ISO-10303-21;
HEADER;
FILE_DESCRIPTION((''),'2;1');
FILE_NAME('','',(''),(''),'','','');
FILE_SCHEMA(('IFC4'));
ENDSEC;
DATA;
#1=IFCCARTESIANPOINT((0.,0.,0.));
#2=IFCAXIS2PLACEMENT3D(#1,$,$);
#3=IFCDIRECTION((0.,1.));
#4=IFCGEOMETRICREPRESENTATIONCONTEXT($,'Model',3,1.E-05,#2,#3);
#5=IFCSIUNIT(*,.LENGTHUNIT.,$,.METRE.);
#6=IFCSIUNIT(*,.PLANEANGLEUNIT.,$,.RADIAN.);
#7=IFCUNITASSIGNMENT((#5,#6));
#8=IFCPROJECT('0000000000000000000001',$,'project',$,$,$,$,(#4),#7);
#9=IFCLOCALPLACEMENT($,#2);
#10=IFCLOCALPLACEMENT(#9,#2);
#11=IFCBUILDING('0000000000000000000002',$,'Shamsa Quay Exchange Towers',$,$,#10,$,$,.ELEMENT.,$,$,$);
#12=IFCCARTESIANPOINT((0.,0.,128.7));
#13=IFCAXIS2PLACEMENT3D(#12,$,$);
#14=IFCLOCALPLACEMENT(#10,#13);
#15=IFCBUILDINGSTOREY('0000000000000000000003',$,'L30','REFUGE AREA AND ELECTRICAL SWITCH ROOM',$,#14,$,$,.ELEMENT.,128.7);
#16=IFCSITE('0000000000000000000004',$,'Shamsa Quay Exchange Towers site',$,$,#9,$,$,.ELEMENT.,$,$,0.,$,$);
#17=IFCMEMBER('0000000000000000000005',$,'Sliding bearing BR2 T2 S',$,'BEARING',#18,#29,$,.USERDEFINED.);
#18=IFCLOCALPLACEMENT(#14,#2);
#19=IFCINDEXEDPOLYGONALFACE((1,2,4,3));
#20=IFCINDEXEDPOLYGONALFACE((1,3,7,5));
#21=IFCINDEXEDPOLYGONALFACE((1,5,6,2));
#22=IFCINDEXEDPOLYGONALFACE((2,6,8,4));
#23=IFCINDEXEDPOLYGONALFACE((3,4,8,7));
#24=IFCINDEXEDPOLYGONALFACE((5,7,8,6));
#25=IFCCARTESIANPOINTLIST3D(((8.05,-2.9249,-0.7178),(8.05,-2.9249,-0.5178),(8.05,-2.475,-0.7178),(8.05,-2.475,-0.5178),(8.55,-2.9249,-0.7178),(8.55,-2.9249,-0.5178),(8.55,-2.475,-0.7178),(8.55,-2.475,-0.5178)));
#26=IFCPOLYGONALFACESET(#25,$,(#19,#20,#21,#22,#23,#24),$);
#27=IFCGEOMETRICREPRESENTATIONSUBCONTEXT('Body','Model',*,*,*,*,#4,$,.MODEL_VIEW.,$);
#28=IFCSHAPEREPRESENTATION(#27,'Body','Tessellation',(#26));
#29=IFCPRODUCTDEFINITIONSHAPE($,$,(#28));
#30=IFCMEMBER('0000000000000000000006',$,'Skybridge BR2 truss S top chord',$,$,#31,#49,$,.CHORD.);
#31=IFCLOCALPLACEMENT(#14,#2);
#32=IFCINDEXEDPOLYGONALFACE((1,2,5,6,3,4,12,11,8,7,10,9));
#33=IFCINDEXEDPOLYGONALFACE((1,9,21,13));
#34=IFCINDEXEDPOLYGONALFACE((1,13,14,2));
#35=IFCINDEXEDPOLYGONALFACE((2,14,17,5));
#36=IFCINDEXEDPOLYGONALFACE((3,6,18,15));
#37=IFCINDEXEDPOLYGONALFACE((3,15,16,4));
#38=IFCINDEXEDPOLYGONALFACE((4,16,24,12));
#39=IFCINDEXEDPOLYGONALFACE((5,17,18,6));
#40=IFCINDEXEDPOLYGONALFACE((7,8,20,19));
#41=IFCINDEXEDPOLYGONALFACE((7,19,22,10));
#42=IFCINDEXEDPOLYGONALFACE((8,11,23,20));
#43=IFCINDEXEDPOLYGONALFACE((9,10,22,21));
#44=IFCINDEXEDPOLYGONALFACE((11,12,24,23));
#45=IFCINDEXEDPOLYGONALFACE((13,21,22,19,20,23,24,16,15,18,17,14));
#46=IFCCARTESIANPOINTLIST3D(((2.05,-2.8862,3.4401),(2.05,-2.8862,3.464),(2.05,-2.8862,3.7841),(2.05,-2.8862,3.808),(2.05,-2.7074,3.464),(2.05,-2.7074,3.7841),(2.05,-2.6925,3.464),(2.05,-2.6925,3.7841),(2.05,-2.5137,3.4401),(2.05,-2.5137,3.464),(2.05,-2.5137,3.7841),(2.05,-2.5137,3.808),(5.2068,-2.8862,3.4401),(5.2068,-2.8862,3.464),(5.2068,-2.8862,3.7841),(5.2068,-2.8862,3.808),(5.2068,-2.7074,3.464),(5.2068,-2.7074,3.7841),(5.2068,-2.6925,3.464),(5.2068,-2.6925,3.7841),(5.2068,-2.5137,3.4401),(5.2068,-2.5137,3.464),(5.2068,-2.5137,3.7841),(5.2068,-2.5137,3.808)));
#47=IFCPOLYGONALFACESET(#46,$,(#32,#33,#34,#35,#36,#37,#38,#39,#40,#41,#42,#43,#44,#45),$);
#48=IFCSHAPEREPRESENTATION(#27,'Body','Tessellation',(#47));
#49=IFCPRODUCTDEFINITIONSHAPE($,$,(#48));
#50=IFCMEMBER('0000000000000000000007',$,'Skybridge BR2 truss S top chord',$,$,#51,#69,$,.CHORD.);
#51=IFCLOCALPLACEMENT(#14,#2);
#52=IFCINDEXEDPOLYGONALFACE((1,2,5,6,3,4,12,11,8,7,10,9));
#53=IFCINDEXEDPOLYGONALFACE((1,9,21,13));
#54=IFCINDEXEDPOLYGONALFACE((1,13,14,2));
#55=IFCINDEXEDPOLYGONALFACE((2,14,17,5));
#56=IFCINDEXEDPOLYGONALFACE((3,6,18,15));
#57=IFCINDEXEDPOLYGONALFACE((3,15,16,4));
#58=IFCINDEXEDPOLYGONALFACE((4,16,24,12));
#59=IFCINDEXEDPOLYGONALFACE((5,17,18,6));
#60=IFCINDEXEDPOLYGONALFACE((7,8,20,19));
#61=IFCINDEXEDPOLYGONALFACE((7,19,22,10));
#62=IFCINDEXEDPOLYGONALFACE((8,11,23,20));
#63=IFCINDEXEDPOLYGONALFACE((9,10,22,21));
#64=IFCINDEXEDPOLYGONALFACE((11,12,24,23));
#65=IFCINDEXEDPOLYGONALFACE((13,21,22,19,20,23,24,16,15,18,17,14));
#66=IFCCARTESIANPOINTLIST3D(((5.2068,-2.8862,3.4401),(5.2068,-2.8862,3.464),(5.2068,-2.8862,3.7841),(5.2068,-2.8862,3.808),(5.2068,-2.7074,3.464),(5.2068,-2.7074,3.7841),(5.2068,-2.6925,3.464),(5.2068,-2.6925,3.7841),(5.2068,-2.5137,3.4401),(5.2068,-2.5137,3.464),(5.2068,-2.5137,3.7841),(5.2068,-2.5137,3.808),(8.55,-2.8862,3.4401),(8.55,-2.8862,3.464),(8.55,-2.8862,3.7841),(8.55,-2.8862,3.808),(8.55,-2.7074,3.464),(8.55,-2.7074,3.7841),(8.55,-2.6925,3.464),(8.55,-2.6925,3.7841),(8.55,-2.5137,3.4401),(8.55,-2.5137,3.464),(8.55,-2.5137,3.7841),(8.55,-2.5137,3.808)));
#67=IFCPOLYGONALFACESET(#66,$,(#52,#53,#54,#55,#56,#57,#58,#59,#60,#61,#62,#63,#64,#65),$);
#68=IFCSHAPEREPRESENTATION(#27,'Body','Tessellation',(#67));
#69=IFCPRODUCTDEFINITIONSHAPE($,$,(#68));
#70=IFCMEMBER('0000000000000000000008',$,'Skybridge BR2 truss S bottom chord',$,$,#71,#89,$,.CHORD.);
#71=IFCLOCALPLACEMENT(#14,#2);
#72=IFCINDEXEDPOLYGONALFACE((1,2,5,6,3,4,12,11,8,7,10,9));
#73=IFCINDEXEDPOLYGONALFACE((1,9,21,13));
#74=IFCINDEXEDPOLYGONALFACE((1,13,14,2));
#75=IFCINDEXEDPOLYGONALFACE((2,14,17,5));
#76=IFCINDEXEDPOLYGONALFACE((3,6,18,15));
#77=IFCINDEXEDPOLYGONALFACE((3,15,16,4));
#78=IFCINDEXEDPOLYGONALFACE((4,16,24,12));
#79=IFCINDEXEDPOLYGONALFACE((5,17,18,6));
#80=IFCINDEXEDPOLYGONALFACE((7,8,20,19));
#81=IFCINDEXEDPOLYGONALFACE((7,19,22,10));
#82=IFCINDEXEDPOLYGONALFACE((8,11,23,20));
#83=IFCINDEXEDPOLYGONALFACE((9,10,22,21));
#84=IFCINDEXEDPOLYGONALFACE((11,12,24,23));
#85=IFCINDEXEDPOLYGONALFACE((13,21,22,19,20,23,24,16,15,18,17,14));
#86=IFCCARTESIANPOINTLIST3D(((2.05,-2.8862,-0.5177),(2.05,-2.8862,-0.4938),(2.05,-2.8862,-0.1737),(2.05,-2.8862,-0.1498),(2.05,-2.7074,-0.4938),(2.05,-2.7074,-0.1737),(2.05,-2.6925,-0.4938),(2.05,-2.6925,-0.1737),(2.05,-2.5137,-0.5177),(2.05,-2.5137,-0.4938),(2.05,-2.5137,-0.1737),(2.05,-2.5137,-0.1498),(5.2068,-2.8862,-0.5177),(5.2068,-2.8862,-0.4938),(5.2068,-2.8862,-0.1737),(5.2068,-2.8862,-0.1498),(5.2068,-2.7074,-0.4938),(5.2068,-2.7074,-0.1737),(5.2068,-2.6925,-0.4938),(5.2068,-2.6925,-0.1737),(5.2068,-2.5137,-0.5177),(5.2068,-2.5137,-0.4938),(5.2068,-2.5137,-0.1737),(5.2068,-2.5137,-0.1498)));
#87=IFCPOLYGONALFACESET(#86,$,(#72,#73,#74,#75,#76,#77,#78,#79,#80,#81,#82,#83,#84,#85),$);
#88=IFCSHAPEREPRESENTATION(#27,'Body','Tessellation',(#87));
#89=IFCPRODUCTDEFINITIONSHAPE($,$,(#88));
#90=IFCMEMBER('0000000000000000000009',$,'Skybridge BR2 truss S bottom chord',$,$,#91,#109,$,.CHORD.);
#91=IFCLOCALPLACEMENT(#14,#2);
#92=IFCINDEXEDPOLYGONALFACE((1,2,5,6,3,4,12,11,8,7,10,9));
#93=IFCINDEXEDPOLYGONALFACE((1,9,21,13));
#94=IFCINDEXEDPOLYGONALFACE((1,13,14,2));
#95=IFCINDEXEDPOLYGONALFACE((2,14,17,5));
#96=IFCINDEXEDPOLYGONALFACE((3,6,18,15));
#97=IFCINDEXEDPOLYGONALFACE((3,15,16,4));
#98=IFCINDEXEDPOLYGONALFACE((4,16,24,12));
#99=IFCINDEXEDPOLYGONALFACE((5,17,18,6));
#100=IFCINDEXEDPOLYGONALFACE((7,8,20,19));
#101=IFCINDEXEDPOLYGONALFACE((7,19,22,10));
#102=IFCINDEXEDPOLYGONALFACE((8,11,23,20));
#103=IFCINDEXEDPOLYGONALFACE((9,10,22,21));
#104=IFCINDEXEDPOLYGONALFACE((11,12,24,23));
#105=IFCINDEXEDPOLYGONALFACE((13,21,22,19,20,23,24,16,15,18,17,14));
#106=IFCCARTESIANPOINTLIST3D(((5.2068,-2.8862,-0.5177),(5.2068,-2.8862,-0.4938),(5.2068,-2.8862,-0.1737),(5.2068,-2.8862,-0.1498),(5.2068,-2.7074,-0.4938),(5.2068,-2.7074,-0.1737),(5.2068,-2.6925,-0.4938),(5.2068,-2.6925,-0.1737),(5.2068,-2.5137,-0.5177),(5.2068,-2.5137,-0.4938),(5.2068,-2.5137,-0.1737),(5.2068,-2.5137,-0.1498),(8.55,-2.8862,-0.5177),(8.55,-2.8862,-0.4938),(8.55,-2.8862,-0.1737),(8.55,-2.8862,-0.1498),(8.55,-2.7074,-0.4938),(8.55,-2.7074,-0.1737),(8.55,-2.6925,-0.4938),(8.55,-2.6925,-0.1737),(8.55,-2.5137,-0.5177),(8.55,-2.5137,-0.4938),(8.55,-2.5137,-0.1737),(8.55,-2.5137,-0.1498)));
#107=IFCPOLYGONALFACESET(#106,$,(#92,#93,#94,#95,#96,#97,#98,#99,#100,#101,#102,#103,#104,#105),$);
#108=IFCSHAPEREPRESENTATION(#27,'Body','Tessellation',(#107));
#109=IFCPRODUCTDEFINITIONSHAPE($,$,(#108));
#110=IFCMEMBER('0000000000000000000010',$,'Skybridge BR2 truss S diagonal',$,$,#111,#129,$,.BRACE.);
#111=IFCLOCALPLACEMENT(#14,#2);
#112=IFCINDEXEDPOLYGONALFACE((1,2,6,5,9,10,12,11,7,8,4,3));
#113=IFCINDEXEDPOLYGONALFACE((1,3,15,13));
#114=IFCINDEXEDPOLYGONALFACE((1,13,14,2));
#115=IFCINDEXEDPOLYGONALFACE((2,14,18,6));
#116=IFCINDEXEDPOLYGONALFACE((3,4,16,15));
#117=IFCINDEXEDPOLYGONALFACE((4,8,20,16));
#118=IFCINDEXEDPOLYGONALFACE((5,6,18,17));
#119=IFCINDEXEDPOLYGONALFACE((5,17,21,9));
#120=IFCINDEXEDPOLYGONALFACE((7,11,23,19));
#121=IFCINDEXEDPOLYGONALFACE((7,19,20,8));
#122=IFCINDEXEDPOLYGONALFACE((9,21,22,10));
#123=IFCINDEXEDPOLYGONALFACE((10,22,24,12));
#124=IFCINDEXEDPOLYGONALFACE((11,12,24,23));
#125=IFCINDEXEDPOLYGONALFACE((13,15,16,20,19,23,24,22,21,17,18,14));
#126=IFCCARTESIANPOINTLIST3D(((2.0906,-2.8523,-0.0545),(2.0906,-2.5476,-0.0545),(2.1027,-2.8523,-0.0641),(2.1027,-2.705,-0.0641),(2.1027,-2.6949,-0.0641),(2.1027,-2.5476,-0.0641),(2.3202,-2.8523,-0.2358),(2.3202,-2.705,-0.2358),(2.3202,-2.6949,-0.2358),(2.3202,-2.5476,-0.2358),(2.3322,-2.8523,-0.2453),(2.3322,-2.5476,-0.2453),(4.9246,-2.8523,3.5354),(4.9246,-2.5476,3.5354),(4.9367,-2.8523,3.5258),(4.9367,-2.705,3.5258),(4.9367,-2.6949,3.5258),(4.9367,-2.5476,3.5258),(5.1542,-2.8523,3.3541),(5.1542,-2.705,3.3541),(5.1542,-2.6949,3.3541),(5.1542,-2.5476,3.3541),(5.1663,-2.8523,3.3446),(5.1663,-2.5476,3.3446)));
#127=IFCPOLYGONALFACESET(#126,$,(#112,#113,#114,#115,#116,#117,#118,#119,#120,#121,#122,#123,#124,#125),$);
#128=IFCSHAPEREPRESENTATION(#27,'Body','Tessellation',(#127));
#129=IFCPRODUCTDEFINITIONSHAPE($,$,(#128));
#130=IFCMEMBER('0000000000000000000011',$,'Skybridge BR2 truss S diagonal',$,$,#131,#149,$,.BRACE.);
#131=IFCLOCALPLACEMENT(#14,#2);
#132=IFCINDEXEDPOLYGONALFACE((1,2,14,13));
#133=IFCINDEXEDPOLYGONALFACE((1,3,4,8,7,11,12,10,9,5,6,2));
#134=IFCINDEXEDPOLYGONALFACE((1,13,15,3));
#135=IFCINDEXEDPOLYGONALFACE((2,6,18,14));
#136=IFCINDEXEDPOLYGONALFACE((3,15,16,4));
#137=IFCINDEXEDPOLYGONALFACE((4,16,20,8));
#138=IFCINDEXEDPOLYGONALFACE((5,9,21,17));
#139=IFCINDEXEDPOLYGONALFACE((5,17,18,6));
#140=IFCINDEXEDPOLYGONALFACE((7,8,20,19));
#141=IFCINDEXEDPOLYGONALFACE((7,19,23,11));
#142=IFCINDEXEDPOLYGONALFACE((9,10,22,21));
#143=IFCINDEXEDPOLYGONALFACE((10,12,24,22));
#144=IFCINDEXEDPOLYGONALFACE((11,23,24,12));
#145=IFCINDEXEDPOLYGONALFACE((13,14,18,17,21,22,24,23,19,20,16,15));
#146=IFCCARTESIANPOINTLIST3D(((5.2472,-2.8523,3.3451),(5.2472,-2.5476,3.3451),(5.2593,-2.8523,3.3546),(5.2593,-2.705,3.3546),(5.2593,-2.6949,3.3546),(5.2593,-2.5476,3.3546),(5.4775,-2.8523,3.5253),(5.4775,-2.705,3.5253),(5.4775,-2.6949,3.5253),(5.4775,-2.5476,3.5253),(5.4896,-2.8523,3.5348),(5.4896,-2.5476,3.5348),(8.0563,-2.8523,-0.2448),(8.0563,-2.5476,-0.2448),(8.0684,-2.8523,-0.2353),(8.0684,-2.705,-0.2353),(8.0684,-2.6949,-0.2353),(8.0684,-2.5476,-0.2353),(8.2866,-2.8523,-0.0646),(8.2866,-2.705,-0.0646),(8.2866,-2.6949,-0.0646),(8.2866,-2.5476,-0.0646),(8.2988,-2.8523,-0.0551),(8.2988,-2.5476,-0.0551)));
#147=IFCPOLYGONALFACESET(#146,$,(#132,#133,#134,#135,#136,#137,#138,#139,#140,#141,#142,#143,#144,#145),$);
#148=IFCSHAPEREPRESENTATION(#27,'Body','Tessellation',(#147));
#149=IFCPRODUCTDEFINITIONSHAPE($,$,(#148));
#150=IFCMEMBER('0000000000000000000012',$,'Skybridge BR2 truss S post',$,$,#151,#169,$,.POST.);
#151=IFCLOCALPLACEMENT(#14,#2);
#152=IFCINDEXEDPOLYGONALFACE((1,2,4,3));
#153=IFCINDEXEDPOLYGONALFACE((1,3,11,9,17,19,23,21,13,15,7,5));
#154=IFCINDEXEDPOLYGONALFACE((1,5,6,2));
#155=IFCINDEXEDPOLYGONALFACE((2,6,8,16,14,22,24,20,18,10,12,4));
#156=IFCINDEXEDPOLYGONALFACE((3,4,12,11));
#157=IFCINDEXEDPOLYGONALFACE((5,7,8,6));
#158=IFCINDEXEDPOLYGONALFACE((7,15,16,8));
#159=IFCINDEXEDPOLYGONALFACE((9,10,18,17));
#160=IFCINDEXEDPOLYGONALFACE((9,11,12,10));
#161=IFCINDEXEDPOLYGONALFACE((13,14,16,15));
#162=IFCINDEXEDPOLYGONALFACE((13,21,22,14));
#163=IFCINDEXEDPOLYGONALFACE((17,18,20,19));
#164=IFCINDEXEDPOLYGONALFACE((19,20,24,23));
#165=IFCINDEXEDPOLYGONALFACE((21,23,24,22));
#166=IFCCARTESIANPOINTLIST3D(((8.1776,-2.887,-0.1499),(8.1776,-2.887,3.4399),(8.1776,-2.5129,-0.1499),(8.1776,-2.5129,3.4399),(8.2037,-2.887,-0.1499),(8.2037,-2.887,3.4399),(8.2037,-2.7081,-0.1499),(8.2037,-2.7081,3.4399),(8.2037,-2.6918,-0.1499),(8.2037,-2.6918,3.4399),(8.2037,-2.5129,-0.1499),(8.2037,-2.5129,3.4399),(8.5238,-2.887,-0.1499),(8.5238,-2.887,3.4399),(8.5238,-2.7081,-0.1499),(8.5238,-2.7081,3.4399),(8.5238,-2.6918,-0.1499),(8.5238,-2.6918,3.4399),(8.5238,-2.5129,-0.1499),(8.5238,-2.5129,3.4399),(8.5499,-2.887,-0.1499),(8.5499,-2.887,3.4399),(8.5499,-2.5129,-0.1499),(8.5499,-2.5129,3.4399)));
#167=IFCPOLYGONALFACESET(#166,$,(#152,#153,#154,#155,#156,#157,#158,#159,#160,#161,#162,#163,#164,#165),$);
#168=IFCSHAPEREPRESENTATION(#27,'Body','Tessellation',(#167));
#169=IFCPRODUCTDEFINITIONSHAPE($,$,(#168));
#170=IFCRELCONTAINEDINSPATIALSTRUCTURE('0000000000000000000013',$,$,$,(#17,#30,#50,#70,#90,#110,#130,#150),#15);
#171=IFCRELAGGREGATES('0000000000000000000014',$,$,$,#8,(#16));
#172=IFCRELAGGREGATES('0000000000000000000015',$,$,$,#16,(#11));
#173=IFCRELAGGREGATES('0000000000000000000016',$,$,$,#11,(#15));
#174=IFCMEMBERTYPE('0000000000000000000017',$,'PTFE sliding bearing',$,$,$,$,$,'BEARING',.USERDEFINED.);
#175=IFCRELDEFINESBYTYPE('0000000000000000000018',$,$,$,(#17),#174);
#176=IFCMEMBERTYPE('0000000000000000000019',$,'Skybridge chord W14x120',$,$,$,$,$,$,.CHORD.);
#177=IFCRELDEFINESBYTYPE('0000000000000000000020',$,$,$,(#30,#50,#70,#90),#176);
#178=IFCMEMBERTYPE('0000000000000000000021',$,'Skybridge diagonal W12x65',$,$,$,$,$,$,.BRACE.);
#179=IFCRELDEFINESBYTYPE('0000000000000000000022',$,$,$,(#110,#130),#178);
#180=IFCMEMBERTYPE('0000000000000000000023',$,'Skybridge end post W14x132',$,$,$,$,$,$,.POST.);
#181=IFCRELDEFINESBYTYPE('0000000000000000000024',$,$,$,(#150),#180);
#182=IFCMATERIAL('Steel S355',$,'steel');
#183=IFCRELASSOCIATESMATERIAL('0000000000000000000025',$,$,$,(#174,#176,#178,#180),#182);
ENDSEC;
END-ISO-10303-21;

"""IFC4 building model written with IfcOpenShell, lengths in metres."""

from ifc_helpers import new_model, si_unit, direction, frame, origin, origin_2d, place, context, subcontext, project, spatial, rectangle, i_section, extrude, material, material_profile, profile_set, type_object, element, save


model = new_model("IFC4")

# Units and contexts
model_context = context("Model", 3, precision=1e-05, world=origin(), true_north=direction((0.0, 1.0)))
body_context = subcontext(model_context, "Body", "Model", "MODEL_VIEW")
ifc_project = project(units=[si_unit("LENGTHUNIT", "METRE"), si_unit("PLANEANGLEUNIT", "RADIAN")], contexts=[model_context])

# Site, building, storey
site_placement = place(None, origin())
site = spatial("IfcSite", under=ifc_project, at=site_placement, Name="Shamsa Quay Exchange Towers site", CompositionType="ELEMENT", RefElevation=0.0)
building_placement = place(site_placement, origin())
building = spatial("IfcBuilding", under=site, at=building_placement, Name="Shamsa Quay Exchange Towers", CompositionType="ELEMENT")
storey_placement = place(building_placement, frame((0.0, 0.0, 128.7)))
storey = spatial("IfcBuildingStorey", under=building, at=storey_placement, Name="L30", Description="REFUGE AREA AND ELECTRICAL SWITCH ROOM", CompositionType="ELEMENT", Elevation=128.7)

# Members
ifc_material_1 = material(Name="Steel S355", Category="steel")
ifc_material_profile_1 = material_profile(ifc_material_1, rectangle(XDim=0.5, YDim=0.2, at=origin_2d()), Name="500x200")
ifc_profile_set_1 = profile_set([ifc_material_profile_1], Name="Steel S355")
member_type_1 = type_object("IfcMemberType", Name="PTFE sliding bearing", ElementType="BEARING", PredefinedType="USERDEFINED", material=ifc_profile_set_1)
member_1_placement = place(storey_placement, frame((8.3, -2.7, -0.7178)))
element("IfcMember", 1, at=member_1_placement, inside=storey, type_object=member_type_1, Name="Sliding bearing BR2 T2 S", ObjectType="BEARING", PredefinedType="USERDEFINED", context=body_context, shape_type="SweptSolid", body=[
    extrude(rectangle(XDim=0.5, YDim=0.45, at=origin_2d()), origin(), (0.0, 0.0, 1.0), 0.2),
])
ifc_material_profile_2 = material_profile(ifc_material_1, i_section(OverallWidth=0.3726, OverallDepth=0.3679, WebThickness=0.0149, FlangeThickness=0.0239, at=origin_2d()), Name="W14x120")
ifc_profile_set_2 = profile_set([ifc_material_profile_2], Name="Steel S355")
member_type_2 = type_object("IfcMemberType", Name="Skybridge chord W14x120", PredefinedType="CHORD", material=ifc_profile_set_2)
member_2_placement = place(storey_placement, frame((2.05, -2.7, 3.624), z_axis=(1.0, 0.0, 0.0), x_axis=(0.0, 1.0, 0.0)))
element("IfcMember", 2, at=member_2_placement, inside=storey, type_object=member_type_2, Name="Skybridge BR2 truss S top chord", PredefinedType="CHORD", context=body_context, shape_type="SweptSolid", body=[
    extrude(i_section(OverallWidth=0.3726, OverallDepth=0.3679, WebThickness=0.0149, FlangeThickness=0.0239, at=origin_2d()), origin(), (0.0, 0.0, 1.0), 3.1567),
])
member_3_placement = place(storey_placement, frame((5.2068, -2.7, 3.624), z_axis=(1.0, 0.0, 0.0), x_axis=(0.0, 1.0, 0.0)))
element("IfcMember", 3, at=member_3_placement, inside=storey, type_object=member_type_2, Name="Skybridge BR2 truss S top chord", PredefinedType="CHORD", context=body_context, shape_type="SweptSolid", body=[
    extrude(i_section(OverallWidth=0.3726, OverallDepth=0.3679, WebThickness=0.0149, FlangeThickness=0.0239, at=origin_2d()), origin(), (0.0, 0.0, 1.0), 3.3433),
])
member_4_placement = place(storey_placement, frame((2.05, -2.7, -0.3337), z_axis=(1.0, 0.0, 0.0), x_axis=(0.0, 1.0, 0.0)))
element("IfcMember", 4, at=member_4_placement, inside=storey, type_object=member_type_2, Name="Skybridge BR2 truss S bottom chord", PredefinedType="CHORD", context=body_context, shape_type="SweptSolid", body=[
    extrude(i_section(OverallWidth=0.3726, OverallDepth=0.3679, WebThickness=0.0149, FlangeThickness=0.0239, at=origin_2d()), origin(), (0.0, 0.0, 1.0), 3.1567),
])
member_5_placement = place(storey_placement, frame((5.2068, -2.7, -0.3337), z_axis=(1.0, 0.0, 0.0), x_axis=(0.0, 1.0, 0.0)))
element("IfcMember", 5, at=member_5_placement, inside=storey, type_object=member_type_2, Name="Skybridge BR2 truss S bottom chord", PredefinedType="CHORD", context=body_context, shape_type="SweptSolid", body=[
    extrude(i_section(OverallWidth=0.3726, OverallDepth=0.3679, WebThickness=0.0149, FlangeThickness=0.0239, at=origin_2d()), origin(), (0.0, 0.0, 1.0), 3.3433),
])
ifc_material_profile_3 = material_profile(ifc_material_1, i_section(OverallWidth=0.3047, OverallDepth=0.3079, WebThickness=0.01, FlangeThickness=0.0154, at=origin_2d()), Name="W12x65")
ifc_profile_set_3 = profile_set([ifc_material_profile_3], Name="Steel S355")
member_type_3 = type_object("IfcMemberType", Name="Skybridge diagonal W12x65", PredefinedType="BRACE", material=ifc_profile_set_3)
member_6_placement = place(storey_placement, frame((2.2114, -2.7, -0.1499), z_axis=(0.61963, 0.0, 0.784894), x_axis=(0.0, 1.0, 0.0)))
element("IfcMember", 6, at=member_6_placement, inside=storey, type_object=member_type_3, Name="Skybridge BR2 truss S diagonal", PredefinedType="BRACE", context=body_context, shape_type="SweptSolid", body=[
    extrude(i_section(OverallWidth=0.3047, OverallDepth=0.3079, WebThickness=0.01, FlangeThickness=0.0154, at=origin_2d()), origin(), (0.0, 0.0, 1.0), 4.5737),
])
member_7_placement = place(storey_placement, frame((5.3684, -2.7, 3.4399), z_axis=(0.616259, 0.0, -0.787543), x_axis=(0.0, 1.0, 0.0)))
element("IfcMember", 7, at=member_7_placement, inside=storey, type_object=member_type_3, Name="Skybridge BR2 truss S diagonal", PredefinedType="BRACE", context=body_context, shape_type="SweptSolid", body=[
    extrude(i_section(OverallWidth=0.3047, OverallDepth=0.3079, WebThickness=0.01, FlangeThickness=0.0154, at=origin_2d()), origin(), (0.0, 0.0, 1.0), 4.5583),
])
ifc_material_profile_4 = material_profile(ifc_material_1, i_section(OverallWidth=0.374, OverallDepth=0.3723, WebThickness=0.0164, FlangeThickness=0.0261, at=origin_2d()), Name="W14x132")
ifc_profile_set_4 = profile_set([ifc_material_profile_4], Name="Steel S355")
member_type_4 = type_object("IfcMemberType", Name="Skybridge end post W14x132", PredefinedType="POST", material=ifc_profile_set_4)
member_8_placement = place(storey_placement, frame((8.3638, -2.7, -0.1499), z_axis=(0.0, 0.0, 1.0), x_axis=(0.0, 1.0, 0.0)))
element("IfcMember", 8, at=member_8_placement, inside=storey, type_object=member_type_4, Name="Skybridge BR2 truss S post", PredefinedType="POST", context=body_context, shape_type="SweptSolid", body=[
    extrude(i_section(OverallWidth=0.374, OverallDepth=0.3723, WebThickness=0.0164, FlangeThickness=0.0261, at=origin_2d()), origin(), (0.0, 0.0, 1.0), 3.5898),
])

save(model, "model.ifc")
